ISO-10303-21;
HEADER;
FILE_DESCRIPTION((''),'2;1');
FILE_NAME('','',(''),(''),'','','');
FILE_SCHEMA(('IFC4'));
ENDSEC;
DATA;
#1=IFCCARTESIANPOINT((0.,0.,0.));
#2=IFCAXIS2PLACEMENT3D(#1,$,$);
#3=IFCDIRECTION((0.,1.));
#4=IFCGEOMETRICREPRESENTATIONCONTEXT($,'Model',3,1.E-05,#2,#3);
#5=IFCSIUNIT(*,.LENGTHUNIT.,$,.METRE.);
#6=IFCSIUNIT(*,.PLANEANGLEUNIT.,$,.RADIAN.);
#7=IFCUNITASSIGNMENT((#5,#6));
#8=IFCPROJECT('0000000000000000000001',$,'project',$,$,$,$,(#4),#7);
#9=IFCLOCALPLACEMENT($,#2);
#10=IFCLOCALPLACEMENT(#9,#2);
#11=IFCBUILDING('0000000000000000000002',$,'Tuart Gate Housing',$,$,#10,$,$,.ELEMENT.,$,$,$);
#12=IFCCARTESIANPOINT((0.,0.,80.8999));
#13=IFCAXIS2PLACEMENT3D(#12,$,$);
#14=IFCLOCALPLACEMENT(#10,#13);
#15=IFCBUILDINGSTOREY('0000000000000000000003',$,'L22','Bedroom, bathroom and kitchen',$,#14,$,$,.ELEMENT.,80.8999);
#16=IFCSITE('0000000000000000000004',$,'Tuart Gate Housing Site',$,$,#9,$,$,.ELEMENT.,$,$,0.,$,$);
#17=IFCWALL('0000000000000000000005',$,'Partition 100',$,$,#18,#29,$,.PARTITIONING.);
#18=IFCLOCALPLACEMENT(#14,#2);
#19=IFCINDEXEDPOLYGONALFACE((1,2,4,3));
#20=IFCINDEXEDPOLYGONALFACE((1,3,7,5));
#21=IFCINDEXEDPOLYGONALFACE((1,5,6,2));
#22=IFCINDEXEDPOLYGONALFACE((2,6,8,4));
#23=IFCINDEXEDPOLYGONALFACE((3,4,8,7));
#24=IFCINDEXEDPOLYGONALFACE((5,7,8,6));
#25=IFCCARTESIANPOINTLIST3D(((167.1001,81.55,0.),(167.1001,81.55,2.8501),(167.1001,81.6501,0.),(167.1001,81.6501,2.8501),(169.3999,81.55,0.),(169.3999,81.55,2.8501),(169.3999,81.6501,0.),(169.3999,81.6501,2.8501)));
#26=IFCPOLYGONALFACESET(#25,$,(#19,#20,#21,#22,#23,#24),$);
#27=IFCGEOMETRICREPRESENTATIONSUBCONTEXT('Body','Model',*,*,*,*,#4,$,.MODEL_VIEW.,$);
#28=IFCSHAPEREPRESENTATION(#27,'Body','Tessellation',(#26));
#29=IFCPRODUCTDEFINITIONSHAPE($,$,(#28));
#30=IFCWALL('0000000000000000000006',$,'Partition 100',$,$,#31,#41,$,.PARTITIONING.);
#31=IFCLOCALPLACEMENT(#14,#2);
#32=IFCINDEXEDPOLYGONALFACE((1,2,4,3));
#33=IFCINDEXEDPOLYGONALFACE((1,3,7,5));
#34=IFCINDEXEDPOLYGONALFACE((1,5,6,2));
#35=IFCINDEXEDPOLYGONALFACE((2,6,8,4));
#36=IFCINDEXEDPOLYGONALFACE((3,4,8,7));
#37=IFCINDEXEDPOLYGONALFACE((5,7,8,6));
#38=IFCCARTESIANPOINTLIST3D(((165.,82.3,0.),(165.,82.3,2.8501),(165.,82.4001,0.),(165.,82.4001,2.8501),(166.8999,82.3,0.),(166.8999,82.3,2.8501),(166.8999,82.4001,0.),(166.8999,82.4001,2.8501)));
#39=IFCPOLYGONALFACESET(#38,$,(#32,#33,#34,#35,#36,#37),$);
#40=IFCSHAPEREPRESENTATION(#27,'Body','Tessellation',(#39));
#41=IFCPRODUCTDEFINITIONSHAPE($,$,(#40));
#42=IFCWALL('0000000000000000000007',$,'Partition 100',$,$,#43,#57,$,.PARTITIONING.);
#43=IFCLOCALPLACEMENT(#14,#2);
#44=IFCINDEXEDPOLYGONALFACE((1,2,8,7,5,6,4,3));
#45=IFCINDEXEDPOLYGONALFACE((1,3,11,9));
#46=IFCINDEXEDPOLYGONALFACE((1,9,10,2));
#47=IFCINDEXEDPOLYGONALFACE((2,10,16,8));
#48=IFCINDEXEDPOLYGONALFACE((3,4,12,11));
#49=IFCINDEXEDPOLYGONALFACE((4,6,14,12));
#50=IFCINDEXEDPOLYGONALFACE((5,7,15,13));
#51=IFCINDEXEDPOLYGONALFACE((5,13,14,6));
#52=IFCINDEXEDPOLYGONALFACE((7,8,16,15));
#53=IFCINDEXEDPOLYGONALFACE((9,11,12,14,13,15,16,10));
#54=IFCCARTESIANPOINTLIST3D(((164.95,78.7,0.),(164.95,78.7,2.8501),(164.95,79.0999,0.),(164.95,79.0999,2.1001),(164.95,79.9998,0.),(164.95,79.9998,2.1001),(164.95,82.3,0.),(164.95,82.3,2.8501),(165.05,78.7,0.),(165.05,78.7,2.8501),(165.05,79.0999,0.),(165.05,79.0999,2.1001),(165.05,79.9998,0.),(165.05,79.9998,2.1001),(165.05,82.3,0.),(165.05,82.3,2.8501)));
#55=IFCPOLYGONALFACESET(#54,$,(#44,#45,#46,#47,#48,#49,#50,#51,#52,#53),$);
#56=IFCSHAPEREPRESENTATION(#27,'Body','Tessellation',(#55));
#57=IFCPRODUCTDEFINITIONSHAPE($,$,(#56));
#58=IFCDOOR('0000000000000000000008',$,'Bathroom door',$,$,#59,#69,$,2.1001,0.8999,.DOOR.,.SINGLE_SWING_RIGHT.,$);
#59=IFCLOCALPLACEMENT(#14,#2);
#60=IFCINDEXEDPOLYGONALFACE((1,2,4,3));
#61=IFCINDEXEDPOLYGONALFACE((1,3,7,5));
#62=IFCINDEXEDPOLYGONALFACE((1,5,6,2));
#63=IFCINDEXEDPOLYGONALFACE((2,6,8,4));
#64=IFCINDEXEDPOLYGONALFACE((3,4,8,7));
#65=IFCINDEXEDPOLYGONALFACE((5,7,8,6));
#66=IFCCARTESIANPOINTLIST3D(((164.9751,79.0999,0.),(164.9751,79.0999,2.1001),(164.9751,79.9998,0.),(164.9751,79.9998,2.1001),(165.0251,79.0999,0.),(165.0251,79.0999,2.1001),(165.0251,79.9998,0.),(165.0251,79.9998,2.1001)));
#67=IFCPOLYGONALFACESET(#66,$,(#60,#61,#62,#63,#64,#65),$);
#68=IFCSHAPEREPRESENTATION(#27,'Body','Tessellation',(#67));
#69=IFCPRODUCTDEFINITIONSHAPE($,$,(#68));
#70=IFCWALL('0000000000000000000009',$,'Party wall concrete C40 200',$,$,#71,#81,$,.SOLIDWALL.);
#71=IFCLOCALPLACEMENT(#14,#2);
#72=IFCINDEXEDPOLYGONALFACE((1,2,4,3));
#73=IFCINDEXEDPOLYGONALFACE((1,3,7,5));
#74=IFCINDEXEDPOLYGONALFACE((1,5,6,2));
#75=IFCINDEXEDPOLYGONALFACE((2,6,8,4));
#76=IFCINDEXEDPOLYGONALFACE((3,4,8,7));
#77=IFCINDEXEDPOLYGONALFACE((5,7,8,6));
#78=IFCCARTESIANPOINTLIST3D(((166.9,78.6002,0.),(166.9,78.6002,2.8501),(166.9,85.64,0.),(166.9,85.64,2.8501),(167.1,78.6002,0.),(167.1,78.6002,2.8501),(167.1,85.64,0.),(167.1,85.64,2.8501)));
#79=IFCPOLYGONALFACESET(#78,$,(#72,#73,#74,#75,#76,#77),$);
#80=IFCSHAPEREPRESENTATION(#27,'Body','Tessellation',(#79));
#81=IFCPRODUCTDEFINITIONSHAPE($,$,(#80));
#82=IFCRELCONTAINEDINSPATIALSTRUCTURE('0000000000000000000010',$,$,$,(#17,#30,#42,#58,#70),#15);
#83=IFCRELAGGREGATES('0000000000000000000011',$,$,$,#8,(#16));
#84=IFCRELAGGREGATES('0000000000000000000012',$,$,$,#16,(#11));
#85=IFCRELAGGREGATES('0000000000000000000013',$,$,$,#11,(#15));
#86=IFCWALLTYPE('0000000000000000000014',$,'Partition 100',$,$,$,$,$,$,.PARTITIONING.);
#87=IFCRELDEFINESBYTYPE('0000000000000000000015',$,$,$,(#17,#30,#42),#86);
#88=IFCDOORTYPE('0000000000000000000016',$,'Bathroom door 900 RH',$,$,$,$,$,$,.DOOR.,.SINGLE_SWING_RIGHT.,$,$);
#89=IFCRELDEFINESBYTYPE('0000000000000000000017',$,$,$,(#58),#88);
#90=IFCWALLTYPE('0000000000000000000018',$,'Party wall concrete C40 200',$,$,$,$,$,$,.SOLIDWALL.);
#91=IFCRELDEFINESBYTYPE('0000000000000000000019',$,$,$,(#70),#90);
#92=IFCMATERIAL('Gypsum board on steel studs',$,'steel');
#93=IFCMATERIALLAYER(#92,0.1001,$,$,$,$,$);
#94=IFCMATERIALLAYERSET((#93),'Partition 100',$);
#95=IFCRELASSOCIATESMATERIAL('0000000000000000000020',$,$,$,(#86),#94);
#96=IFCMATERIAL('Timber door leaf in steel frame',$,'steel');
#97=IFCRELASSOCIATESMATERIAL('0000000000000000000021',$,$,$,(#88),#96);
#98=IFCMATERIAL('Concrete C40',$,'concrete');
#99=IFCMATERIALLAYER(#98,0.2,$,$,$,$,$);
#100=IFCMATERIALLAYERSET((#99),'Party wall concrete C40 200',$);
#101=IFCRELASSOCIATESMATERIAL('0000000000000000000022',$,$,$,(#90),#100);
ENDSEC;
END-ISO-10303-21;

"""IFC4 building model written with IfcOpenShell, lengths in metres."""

from ifc_helpers import new_model, si_unit, direction, frame, frame_2d, origin, place, context, subcontext, project, spatial, rectangle, extrude, material, layer, layer_set, type_object, element, fill, save


model = new_model("IFC4")

# Units and contexts
model_context = context("Model", 3, precision=1e-05, world=origin(), true_north=direction((0.0, 1.0)))
body_context = subcontext(model_context, "Body", "Model", "MODEL_VIEW")
ifc_project = project(units=[si_unit("LENGTHUNIT", "METRE"), si_unit("PLANEANGLEUNIT", "RADIAN")], contexts=[model_context])

# Site, building, storey
site_placement = place(None, origin())
site = spatial("IfcSite", under=ifc_project, at=site_placement, Name="Tuart Gate Housing Site", CompositionType="ELEMENT", RefElevation=0.0)
building_placement = place(site_placement, origin())
building = spatial("IfcBuilding", under=site, at=building_placement, Name="Tuart Gate Housing", CompositionType="ELEMENT")
storey_placement = place(building_placement, frame((0.0, 0.0, 80.8999)))
storey = spatial("IfcBuildingStorey", under=building, at=storey_placement, Name="L22", Description="Bedroom, bathroom and kitchen", CompositionType="ELEMENT", Elevation=80.8999)

# Walls
ifc_material_1 = material(Name="Gypsum board on steel studs", Category="steel")
ifc_layer_1 = layer(ifc_material_1, 0.1001)
ifc_layer_set_1 = layer_set([ifc_layer_1], Name="Partition 100")
wall_type_1 = type_object("IfcWallType", Name="Partition 100", PredefinedType="PARTITIONING", material=ifc_layer_set_1)
wall_1_placement = place(storey_placement, frame((167.1001, 81.6001, 0.0), z_axis=(0.0, 0.0, 1.0), x_axis=(1.0, 0.0, 0.0)))
element("IfcWall", 1, at=wall_1_placement, inside=storey, type_object=wall_type_1, Name="Partition 100", PredefinedType="PARTITIONING", context=body_context, shape_type="SweptSolid", body=[
    extrude(rectangle(XDim=2.2998, YDim=0.1001, at=frame_2d((1.1499, 0.0))), origin(), (0.0, 0.0, 1.0), 2.8501),
])
wall_2_placement = place(storey_placement, frame((165.0, 82.3501, 0.0), z_axis=(0.0, 0.0, 1.0), x_axis=(1.0, 0.0, 0.0)))
element("IfcWall", 2, at=wall_2_placement, inside=storey, type_object=wall_type_1, Name="Partition 100", PredefinedType="PARTITIONING", context=body_context, shape_type="SweptSolid", body=[
    extrude(rectangle(XDim=1.8999, YDim=0.1001, at=frame_2d((0.95, 0.0))), origin(), (0.0, 0.0, 1.0), 2.8501),
])

# Wall, opening, door
wall_3_placement = place(storey_placement, frame((165.0, 78.7, 0.0), z_axis=(0.0, 0.0, 1.0), x_axis=(0.0, 1.0, 0.0)))
wall_3 = element("IfcWall", 3, at=wall_3_placement, inside=storey, type_object=wall_type_1, Name="Partition 100", PredefinedType="PARTITIONING", context=body_context, shape_type="SweptSolid", body=[
    extrude(rectangle(XDim=3.6001, YDim=0.1001, at=frame_2d((1.8, 0.0))), origin(), (0.0, 0.0, 1.0), 2.8501),
])
opening_placement = place(wall_3_placement, frame((0.3999, 0.0, 0.0)))
opening = element("IfcOpeningElement", 4, at=opening_placement, cuts=wall_3, PredefinedType="OPENING", context=body_context, shape_type="SweptSolid", body=[
    extrude(rectangle(XDim=0.8999, YDim=2.1001, at=frame_2d((0.45, 1.05))), frame((0.0, 0.0601, 0.0), z_axis=(0.0, -1.0, 0.0), x_axis=(1.0, 0.0, 0.0)), (0.0, 0.0, 1.0), 0.1201),
])
ifc_material_2 = material(Name="Timber door leaf in steel frame", Category="steel")
door_type = type_object("IfcDoorType", Name="Bathroom door 900 RH", OperationType="SINGLE_SWING_RIGHT", PredefinedType="DOOR", material=ifc_material_2)
door_placement = place(opening_placement, frame((0.8999, 0.0, 0.0), z_axis=(0.0, 0.0, 1.0), x_axis=(-1.0, 0.0, 0.0)))
door = element("IfcDoor", 5, at=door_placement, inside=storey, type_object=door_type, Name="Bathroom door", OperationType="SINGLE_SWING_RIGHT", OverallHeight=2.1001, OverallWidth=0.8999, PredefinedType="DOOR", context=body_context, shape_type="SweptSolid", body=[
    extrude(rectangle(XDim=0.8999, YDim=2.1001, at=frame_2d((0.45, 1.05))), frame((0.0, 0.0251, 0.0), z_axis=(0.0, -1.0, 0.0), x_axis=(1.0, 0.0, 0.0)), (0.0, 0.0, 1.0), 0.05),
])
fill(opening, door)

# Wall
ifc_material_3 = material(Name="Concrete C40", Category="concrete")
ifc_layer_2 = layer(ifc_material_3, 0.2)
ifc_layer_set_2 = layer_set([ifc_layer_2], Name="Party wall concrete C40 200")
wall_type_2 = type_object("IfcWallType", Name="Party wall concrete C40 200", PredefinedType="SOLIDWALL", material=ifc_layer_set_2)
wall_4_placement = place(storey_placement, frame((167.0, 78.6001, 0.0), z_axis=(0.0, 0.0, 1.0), x_axis=(0.0, 1.0, 0.0)))
element("IfcWall", 6, at=wall_4_placement, inside=storey, type_object=wall_type_2, Name="Party wall concrete C40 200", PredefinedType="SOLIDWALL", context=body_context, shape_type="SweptSolid", body=[
    extrude(rectangle(XDim=7.0398, YDim=0.2, at=frame_2d((3.52, 0.0))), origin(), (0.0, 0.0, 1.0), 2.8501),
])

save(model, "model.ifc")
